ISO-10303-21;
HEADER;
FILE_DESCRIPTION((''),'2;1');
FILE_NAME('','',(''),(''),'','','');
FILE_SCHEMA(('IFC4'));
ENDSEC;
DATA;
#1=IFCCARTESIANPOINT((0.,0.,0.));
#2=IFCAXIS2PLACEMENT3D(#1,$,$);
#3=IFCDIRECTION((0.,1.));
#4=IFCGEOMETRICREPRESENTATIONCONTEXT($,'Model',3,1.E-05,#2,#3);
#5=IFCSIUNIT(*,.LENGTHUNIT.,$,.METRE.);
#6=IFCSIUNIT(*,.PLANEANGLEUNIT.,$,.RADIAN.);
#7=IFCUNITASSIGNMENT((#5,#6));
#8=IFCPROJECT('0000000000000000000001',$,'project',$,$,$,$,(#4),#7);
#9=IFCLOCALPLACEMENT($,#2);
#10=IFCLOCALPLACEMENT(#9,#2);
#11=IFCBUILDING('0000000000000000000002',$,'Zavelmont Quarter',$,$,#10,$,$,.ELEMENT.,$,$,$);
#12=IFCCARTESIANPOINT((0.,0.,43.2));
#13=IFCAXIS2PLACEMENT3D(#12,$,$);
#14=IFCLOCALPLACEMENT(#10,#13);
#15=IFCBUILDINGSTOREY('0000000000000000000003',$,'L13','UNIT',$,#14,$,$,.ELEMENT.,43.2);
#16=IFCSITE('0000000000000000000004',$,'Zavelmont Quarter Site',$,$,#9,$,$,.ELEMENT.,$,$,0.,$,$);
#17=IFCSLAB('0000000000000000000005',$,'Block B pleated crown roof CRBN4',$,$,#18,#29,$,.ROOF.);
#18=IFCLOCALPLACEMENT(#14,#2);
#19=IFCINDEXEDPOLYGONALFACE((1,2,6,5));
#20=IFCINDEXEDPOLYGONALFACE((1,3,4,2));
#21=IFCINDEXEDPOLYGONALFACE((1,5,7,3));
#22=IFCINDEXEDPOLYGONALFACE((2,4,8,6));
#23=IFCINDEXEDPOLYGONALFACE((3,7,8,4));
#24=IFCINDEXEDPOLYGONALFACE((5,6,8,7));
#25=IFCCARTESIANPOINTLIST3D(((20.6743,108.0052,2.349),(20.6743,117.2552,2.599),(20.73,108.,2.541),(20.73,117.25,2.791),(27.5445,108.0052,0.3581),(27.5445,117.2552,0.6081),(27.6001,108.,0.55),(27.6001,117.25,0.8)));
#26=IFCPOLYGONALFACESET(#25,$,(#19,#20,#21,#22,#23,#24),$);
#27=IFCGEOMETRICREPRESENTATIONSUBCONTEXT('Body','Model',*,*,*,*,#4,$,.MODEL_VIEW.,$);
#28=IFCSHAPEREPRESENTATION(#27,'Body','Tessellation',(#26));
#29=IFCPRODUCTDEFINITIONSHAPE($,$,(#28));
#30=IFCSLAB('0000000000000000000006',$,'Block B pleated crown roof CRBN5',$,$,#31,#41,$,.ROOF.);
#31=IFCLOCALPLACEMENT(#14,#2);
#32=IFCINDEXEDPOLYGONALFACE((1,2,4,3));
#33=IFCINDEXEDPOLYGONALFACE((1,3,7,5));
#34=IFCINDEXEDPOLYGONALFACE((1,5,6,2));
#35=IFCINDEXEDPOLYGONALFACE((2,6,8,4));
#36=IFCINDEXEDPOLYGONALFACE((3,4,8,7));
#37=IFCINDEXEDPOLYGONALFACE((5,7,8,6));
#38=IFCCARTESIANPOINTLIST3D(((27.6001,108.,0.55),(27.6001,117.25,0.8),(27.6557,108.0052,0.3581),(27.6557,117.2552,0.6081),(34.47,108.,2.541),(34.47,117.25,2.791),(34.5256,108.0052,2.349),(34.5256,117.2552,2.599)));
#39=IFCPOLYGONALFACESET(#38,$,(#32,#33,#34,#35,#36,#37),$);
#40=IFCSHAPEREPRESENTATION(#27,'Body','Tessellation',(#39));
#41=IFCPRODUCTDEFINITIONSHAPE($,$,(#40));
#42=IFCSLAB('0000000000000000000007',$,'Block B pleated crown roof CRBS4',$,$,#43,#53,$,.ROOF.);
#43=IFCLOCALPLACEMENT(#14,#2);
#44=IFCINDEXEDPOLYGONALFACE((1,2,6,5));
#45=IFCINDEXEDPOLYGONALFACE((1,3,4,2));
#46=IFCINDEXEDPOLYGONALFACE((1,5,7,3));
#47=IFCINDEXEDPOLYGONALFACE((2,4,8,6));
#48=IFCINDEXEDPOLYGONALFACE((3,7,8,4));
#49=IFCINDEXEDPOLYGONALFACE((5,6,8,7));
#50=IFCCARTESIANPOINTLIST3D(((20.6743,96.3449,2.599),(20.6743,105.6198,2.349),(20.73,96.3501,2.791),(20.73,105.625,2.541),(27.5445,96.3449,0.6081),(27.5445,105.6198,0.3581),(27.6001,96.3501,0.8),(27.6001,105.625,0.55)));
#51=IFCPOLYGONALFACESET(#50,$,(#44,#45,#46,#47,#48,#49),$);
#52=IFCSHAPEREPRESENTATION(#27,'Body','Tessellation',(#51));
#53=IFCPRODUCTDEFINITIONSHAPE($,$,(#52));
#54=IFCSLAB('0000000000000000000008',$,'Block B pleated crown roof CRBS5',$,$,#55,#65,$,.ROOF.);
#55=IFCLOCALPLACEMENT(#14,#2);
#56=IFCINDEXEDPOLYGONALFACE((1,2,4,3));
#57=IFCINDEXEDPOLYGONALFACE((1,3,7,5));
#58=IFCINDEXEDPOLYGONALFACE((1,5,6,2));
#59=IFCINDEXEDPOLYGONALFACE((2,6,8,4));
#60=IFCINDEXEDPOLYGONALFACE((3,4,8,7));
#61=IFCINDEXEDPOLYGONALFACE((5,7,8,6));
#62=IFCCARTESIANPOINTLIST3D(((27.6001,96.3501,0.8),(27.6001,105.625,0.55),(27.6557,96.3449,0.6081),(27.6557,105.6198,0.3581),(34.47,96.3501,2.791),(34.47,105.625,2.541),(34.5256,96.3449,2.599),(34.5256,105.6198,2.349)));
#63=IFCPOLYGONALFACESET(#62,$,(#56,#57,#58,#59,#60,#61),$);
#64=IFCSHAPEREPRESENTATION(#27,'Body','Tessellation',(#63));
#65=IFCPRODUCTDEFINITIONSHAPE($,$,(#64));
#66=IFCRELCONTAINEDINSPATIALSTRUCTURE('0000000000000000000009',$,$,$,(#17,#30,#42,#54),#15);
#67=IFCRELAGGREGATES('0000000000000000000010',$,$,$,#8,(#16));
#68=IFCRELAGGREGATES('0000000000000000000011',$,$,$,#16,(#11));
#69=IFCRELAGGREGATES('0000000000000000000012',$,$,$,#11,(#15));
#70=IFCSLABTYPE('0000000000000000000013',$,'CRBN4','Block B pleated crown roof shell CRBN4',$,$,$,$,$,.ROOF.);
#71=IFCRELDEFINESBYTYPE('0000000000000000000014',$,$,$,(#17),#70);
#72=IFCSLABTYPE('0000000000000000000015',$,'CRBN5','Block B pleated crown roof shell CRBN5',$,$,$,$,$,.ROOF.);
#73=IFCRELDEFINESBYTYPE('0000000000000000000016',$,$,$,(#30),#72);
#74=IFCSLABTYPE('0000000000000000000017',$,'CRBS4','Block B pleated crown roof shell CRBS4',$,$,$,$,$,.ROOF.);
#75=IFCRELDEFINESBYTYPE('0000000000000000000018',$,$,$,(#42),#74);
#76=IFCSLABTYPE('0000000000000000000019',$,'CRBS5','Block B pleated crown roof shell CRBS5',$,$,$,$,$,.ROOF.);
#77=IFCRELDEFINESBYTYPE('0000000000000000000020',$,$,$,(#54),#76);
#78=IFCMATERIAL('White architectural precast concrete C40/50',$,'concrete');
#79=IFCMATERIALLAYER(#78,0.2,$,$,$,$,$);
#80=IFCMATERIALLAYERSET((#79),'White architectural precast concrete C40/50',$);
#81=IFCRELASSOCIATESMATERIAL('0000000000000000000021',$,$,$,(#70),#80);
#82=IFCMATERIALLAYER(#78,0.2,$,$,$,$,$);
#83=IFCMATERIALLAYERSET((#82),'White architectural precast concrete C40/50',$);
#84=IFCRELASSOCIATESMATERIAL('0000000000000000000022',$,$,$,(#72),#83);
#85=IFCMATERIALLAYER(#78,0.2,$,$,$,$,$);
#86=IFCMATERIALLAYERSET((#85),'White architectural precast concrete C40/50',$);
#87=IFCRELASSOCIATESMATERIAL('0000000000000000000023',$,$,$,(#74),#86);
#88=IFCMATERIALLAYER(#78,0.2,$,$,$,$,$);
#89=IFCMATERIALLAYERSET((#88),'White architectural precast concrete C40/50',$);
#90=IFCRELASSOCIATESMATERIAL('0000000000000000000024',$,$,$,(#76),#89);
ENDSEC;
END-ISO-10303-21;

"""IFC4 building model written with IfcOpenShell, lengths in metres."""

from ifc_helpers import new_model, si_unit, direction, frame, origin, place, context, subcontext, project, spatial, polyline, outline, extrude, material, layer, layer_set, type_object, element, save


model = new_model("IFC4")

# Units and contexts
model_context = context("Model", 3, precision=1e-05, world=origin(), true_north=direction((0.0, 1.0)))
body_context = subcontext(model_context, "Body", "Model", "MODEL_VIEW")
ifc_project = project(units=[si_unit("LENGTHUNIT", "METRE"), si_unit("PLANEANGLEUNIT", "RADIAN")], contexts=[model_context])

# Site, building, storey
site_placement = place(None, origin())
site = spatial("IfcSite", under=ifc_project, at=site_placement, Name="Zavelmont Quarter Site", CompositionType="ELEMENT", RefElevation=0.0)
building_placement = place(site_placement, origin())
building = spatial("IfcBuilding", under=site, at=building_placement, Name="Zavelmont Quarter", CompositionType="ELEMENT")
storey_placement = place(building_placement, frame((0.0, 0.0, 43.2)))
storey = spatial("IfcBuildingStorey", under=building, at=storey_placement, Name="L13", Description="UNIT", CompositionType="ELEMENT", Elevation=43.2)

# Slabs
ifc_material_1 = material(Name="White architectural precast concrete C40/50", Category="concrete")
ifc_layer_1 = layer(ifc_material_1, 0.2)
ifc_layer_set_1 = layer_set([ifc_layer_1], Name="White architectural precast concrete C40/50")
slab_type_1 = type_object("IfcSlabType", Name="CRBN4", Description="Block B pleated crown roof shell CRBN4", PredefinedType="ROOF", material=ifc_layer_set_1)
slab_1_placement = place(storey_placement, frame((20.73, 108.0, 2.541), z_axis=(0.278254, -0.02595, 0.960157), x_axis=(0.96048, 0.0, -0.278348)))
element("IfcSlab", 1, at=slab_1_placement, inside=storey, type_object=slab_type_1, Name="Block B pleated crown roof CRBN4", PredefinedType="ROOF", context=body_context, shape_type="SweptSolid", body=[
    extrude(outline(polyline([(0.0, 0.0), (7.1528, 0.0), (7.0832, 9.2531), (-0.0696, 9.2531), (0.0, 0.0)])), origin(), (0.0, 0.0, -1.0), 0.2),
])
ifc_layer_2 = layer(ifc_material_1, 0.2)
ifc_layer_set_2 = layer_set([ifc_layer_2], Name="White architectural precast concrete C40/50")
slab_type_2 = type_object("IfcSlabType", Name="CRBN5", Description="Block B pleated crown roof shell CRBN5", PredefinedType="ROOF", material=ifc_layer_set_2)
slab_2_placement = place(storey_placement, frame((27.6001, 108.0, 0.55), z_axis=(-0.278264, -0.02595, 0.960154), x_axis=(0.960478, 0.0, 0.278357)))
element("IfcSlab", 2, at=slab_2_placement, inside=storey, type_object=slab_type_2, Name="Block B pleated crown roof CRBN5", PredefinedType="ROOF", context=body_context, shape_type="SweptSolid", body=[
    extrude(outline(polyline([(0.0, 0.0), (7.1526, 0.0), (7.2221, 9.2531), (0.0696, 9.2531), (0.0, 0.0)])), origin(), (0.0, 0.0, -1.0), 0.2),
])
ifc_layer_3 = layer(ifc_material_1, 0.2)
ifc_layer_set_3 = layer_set([ifc_layer_3], Name="White architectural precast concrete C40/50")
slab_type_3 = type_object("IfcSlabType", Name="CRBS4", Description="Block B pleated crown roof shell CRBS4", PredefinedType="ROOF", material=ifc_layer_set_3)
slab_3_placement = place(storey_placement, frame((20.73, 96.3501, 2.791), z_axis=(0.278255, 0.025881, 0.960159), x_axis=(0.96048, 0.0, -0.278348)))
element("IfcSlab", 3, at=slab_3_placement, inside=storey, type_object=slab_type_3, Name="Block B pleated crown roof CRBS4", PredefinedType="ROOF", context=body_context, shape_type="SweptSolid", body=[
    extrude(outline(polyline([(0.0, 0.0), (7.1528, 0.0), (7.2224, 9.278), (0.0696, 9.278), (0.0, 0.0)])), origin(), (0.0, 0.0, -1.0), 0.2),
])
ifc_layer_4 = layer(ifc_material_1, 0.2)
ifc_layer_set_4 = layer_set([ifc_layer_4], Name="White architectural precast concrete C40/50")
slab_type_4 = type_object("IfcSlabType", Name="CRBS5", Description="Block B pleated crown roof shell CRBS5", PredefinedType="ROOF", material=ifc_layer_set_4)
slab_4_placement = place(storey_placement, frame((27.6001, 96.3501, 0.8), z_axis=(-0.278264, 0.02588, 0.960156), x_axis=(0.960478, 0.0, 0.278357)))
element("IfcSlab", 4, at=slab_4_placement, inside=storey, type_object=slab_type_4, Name="Block B pleated crown roof CRBS5", PredefinedType="ROOF", context=body_context, shape_type="SweptSolid", body=[
    extrude(outline(polyline([(0.0, 0.0), (7.1526, 0.0), (7.083, 9.278), (-0.0696, 9.278), (0.0, 0.0)])), origin(), (0.0, 0.0, -1.0), 0.2),
])

save(model, "model.ifc")
